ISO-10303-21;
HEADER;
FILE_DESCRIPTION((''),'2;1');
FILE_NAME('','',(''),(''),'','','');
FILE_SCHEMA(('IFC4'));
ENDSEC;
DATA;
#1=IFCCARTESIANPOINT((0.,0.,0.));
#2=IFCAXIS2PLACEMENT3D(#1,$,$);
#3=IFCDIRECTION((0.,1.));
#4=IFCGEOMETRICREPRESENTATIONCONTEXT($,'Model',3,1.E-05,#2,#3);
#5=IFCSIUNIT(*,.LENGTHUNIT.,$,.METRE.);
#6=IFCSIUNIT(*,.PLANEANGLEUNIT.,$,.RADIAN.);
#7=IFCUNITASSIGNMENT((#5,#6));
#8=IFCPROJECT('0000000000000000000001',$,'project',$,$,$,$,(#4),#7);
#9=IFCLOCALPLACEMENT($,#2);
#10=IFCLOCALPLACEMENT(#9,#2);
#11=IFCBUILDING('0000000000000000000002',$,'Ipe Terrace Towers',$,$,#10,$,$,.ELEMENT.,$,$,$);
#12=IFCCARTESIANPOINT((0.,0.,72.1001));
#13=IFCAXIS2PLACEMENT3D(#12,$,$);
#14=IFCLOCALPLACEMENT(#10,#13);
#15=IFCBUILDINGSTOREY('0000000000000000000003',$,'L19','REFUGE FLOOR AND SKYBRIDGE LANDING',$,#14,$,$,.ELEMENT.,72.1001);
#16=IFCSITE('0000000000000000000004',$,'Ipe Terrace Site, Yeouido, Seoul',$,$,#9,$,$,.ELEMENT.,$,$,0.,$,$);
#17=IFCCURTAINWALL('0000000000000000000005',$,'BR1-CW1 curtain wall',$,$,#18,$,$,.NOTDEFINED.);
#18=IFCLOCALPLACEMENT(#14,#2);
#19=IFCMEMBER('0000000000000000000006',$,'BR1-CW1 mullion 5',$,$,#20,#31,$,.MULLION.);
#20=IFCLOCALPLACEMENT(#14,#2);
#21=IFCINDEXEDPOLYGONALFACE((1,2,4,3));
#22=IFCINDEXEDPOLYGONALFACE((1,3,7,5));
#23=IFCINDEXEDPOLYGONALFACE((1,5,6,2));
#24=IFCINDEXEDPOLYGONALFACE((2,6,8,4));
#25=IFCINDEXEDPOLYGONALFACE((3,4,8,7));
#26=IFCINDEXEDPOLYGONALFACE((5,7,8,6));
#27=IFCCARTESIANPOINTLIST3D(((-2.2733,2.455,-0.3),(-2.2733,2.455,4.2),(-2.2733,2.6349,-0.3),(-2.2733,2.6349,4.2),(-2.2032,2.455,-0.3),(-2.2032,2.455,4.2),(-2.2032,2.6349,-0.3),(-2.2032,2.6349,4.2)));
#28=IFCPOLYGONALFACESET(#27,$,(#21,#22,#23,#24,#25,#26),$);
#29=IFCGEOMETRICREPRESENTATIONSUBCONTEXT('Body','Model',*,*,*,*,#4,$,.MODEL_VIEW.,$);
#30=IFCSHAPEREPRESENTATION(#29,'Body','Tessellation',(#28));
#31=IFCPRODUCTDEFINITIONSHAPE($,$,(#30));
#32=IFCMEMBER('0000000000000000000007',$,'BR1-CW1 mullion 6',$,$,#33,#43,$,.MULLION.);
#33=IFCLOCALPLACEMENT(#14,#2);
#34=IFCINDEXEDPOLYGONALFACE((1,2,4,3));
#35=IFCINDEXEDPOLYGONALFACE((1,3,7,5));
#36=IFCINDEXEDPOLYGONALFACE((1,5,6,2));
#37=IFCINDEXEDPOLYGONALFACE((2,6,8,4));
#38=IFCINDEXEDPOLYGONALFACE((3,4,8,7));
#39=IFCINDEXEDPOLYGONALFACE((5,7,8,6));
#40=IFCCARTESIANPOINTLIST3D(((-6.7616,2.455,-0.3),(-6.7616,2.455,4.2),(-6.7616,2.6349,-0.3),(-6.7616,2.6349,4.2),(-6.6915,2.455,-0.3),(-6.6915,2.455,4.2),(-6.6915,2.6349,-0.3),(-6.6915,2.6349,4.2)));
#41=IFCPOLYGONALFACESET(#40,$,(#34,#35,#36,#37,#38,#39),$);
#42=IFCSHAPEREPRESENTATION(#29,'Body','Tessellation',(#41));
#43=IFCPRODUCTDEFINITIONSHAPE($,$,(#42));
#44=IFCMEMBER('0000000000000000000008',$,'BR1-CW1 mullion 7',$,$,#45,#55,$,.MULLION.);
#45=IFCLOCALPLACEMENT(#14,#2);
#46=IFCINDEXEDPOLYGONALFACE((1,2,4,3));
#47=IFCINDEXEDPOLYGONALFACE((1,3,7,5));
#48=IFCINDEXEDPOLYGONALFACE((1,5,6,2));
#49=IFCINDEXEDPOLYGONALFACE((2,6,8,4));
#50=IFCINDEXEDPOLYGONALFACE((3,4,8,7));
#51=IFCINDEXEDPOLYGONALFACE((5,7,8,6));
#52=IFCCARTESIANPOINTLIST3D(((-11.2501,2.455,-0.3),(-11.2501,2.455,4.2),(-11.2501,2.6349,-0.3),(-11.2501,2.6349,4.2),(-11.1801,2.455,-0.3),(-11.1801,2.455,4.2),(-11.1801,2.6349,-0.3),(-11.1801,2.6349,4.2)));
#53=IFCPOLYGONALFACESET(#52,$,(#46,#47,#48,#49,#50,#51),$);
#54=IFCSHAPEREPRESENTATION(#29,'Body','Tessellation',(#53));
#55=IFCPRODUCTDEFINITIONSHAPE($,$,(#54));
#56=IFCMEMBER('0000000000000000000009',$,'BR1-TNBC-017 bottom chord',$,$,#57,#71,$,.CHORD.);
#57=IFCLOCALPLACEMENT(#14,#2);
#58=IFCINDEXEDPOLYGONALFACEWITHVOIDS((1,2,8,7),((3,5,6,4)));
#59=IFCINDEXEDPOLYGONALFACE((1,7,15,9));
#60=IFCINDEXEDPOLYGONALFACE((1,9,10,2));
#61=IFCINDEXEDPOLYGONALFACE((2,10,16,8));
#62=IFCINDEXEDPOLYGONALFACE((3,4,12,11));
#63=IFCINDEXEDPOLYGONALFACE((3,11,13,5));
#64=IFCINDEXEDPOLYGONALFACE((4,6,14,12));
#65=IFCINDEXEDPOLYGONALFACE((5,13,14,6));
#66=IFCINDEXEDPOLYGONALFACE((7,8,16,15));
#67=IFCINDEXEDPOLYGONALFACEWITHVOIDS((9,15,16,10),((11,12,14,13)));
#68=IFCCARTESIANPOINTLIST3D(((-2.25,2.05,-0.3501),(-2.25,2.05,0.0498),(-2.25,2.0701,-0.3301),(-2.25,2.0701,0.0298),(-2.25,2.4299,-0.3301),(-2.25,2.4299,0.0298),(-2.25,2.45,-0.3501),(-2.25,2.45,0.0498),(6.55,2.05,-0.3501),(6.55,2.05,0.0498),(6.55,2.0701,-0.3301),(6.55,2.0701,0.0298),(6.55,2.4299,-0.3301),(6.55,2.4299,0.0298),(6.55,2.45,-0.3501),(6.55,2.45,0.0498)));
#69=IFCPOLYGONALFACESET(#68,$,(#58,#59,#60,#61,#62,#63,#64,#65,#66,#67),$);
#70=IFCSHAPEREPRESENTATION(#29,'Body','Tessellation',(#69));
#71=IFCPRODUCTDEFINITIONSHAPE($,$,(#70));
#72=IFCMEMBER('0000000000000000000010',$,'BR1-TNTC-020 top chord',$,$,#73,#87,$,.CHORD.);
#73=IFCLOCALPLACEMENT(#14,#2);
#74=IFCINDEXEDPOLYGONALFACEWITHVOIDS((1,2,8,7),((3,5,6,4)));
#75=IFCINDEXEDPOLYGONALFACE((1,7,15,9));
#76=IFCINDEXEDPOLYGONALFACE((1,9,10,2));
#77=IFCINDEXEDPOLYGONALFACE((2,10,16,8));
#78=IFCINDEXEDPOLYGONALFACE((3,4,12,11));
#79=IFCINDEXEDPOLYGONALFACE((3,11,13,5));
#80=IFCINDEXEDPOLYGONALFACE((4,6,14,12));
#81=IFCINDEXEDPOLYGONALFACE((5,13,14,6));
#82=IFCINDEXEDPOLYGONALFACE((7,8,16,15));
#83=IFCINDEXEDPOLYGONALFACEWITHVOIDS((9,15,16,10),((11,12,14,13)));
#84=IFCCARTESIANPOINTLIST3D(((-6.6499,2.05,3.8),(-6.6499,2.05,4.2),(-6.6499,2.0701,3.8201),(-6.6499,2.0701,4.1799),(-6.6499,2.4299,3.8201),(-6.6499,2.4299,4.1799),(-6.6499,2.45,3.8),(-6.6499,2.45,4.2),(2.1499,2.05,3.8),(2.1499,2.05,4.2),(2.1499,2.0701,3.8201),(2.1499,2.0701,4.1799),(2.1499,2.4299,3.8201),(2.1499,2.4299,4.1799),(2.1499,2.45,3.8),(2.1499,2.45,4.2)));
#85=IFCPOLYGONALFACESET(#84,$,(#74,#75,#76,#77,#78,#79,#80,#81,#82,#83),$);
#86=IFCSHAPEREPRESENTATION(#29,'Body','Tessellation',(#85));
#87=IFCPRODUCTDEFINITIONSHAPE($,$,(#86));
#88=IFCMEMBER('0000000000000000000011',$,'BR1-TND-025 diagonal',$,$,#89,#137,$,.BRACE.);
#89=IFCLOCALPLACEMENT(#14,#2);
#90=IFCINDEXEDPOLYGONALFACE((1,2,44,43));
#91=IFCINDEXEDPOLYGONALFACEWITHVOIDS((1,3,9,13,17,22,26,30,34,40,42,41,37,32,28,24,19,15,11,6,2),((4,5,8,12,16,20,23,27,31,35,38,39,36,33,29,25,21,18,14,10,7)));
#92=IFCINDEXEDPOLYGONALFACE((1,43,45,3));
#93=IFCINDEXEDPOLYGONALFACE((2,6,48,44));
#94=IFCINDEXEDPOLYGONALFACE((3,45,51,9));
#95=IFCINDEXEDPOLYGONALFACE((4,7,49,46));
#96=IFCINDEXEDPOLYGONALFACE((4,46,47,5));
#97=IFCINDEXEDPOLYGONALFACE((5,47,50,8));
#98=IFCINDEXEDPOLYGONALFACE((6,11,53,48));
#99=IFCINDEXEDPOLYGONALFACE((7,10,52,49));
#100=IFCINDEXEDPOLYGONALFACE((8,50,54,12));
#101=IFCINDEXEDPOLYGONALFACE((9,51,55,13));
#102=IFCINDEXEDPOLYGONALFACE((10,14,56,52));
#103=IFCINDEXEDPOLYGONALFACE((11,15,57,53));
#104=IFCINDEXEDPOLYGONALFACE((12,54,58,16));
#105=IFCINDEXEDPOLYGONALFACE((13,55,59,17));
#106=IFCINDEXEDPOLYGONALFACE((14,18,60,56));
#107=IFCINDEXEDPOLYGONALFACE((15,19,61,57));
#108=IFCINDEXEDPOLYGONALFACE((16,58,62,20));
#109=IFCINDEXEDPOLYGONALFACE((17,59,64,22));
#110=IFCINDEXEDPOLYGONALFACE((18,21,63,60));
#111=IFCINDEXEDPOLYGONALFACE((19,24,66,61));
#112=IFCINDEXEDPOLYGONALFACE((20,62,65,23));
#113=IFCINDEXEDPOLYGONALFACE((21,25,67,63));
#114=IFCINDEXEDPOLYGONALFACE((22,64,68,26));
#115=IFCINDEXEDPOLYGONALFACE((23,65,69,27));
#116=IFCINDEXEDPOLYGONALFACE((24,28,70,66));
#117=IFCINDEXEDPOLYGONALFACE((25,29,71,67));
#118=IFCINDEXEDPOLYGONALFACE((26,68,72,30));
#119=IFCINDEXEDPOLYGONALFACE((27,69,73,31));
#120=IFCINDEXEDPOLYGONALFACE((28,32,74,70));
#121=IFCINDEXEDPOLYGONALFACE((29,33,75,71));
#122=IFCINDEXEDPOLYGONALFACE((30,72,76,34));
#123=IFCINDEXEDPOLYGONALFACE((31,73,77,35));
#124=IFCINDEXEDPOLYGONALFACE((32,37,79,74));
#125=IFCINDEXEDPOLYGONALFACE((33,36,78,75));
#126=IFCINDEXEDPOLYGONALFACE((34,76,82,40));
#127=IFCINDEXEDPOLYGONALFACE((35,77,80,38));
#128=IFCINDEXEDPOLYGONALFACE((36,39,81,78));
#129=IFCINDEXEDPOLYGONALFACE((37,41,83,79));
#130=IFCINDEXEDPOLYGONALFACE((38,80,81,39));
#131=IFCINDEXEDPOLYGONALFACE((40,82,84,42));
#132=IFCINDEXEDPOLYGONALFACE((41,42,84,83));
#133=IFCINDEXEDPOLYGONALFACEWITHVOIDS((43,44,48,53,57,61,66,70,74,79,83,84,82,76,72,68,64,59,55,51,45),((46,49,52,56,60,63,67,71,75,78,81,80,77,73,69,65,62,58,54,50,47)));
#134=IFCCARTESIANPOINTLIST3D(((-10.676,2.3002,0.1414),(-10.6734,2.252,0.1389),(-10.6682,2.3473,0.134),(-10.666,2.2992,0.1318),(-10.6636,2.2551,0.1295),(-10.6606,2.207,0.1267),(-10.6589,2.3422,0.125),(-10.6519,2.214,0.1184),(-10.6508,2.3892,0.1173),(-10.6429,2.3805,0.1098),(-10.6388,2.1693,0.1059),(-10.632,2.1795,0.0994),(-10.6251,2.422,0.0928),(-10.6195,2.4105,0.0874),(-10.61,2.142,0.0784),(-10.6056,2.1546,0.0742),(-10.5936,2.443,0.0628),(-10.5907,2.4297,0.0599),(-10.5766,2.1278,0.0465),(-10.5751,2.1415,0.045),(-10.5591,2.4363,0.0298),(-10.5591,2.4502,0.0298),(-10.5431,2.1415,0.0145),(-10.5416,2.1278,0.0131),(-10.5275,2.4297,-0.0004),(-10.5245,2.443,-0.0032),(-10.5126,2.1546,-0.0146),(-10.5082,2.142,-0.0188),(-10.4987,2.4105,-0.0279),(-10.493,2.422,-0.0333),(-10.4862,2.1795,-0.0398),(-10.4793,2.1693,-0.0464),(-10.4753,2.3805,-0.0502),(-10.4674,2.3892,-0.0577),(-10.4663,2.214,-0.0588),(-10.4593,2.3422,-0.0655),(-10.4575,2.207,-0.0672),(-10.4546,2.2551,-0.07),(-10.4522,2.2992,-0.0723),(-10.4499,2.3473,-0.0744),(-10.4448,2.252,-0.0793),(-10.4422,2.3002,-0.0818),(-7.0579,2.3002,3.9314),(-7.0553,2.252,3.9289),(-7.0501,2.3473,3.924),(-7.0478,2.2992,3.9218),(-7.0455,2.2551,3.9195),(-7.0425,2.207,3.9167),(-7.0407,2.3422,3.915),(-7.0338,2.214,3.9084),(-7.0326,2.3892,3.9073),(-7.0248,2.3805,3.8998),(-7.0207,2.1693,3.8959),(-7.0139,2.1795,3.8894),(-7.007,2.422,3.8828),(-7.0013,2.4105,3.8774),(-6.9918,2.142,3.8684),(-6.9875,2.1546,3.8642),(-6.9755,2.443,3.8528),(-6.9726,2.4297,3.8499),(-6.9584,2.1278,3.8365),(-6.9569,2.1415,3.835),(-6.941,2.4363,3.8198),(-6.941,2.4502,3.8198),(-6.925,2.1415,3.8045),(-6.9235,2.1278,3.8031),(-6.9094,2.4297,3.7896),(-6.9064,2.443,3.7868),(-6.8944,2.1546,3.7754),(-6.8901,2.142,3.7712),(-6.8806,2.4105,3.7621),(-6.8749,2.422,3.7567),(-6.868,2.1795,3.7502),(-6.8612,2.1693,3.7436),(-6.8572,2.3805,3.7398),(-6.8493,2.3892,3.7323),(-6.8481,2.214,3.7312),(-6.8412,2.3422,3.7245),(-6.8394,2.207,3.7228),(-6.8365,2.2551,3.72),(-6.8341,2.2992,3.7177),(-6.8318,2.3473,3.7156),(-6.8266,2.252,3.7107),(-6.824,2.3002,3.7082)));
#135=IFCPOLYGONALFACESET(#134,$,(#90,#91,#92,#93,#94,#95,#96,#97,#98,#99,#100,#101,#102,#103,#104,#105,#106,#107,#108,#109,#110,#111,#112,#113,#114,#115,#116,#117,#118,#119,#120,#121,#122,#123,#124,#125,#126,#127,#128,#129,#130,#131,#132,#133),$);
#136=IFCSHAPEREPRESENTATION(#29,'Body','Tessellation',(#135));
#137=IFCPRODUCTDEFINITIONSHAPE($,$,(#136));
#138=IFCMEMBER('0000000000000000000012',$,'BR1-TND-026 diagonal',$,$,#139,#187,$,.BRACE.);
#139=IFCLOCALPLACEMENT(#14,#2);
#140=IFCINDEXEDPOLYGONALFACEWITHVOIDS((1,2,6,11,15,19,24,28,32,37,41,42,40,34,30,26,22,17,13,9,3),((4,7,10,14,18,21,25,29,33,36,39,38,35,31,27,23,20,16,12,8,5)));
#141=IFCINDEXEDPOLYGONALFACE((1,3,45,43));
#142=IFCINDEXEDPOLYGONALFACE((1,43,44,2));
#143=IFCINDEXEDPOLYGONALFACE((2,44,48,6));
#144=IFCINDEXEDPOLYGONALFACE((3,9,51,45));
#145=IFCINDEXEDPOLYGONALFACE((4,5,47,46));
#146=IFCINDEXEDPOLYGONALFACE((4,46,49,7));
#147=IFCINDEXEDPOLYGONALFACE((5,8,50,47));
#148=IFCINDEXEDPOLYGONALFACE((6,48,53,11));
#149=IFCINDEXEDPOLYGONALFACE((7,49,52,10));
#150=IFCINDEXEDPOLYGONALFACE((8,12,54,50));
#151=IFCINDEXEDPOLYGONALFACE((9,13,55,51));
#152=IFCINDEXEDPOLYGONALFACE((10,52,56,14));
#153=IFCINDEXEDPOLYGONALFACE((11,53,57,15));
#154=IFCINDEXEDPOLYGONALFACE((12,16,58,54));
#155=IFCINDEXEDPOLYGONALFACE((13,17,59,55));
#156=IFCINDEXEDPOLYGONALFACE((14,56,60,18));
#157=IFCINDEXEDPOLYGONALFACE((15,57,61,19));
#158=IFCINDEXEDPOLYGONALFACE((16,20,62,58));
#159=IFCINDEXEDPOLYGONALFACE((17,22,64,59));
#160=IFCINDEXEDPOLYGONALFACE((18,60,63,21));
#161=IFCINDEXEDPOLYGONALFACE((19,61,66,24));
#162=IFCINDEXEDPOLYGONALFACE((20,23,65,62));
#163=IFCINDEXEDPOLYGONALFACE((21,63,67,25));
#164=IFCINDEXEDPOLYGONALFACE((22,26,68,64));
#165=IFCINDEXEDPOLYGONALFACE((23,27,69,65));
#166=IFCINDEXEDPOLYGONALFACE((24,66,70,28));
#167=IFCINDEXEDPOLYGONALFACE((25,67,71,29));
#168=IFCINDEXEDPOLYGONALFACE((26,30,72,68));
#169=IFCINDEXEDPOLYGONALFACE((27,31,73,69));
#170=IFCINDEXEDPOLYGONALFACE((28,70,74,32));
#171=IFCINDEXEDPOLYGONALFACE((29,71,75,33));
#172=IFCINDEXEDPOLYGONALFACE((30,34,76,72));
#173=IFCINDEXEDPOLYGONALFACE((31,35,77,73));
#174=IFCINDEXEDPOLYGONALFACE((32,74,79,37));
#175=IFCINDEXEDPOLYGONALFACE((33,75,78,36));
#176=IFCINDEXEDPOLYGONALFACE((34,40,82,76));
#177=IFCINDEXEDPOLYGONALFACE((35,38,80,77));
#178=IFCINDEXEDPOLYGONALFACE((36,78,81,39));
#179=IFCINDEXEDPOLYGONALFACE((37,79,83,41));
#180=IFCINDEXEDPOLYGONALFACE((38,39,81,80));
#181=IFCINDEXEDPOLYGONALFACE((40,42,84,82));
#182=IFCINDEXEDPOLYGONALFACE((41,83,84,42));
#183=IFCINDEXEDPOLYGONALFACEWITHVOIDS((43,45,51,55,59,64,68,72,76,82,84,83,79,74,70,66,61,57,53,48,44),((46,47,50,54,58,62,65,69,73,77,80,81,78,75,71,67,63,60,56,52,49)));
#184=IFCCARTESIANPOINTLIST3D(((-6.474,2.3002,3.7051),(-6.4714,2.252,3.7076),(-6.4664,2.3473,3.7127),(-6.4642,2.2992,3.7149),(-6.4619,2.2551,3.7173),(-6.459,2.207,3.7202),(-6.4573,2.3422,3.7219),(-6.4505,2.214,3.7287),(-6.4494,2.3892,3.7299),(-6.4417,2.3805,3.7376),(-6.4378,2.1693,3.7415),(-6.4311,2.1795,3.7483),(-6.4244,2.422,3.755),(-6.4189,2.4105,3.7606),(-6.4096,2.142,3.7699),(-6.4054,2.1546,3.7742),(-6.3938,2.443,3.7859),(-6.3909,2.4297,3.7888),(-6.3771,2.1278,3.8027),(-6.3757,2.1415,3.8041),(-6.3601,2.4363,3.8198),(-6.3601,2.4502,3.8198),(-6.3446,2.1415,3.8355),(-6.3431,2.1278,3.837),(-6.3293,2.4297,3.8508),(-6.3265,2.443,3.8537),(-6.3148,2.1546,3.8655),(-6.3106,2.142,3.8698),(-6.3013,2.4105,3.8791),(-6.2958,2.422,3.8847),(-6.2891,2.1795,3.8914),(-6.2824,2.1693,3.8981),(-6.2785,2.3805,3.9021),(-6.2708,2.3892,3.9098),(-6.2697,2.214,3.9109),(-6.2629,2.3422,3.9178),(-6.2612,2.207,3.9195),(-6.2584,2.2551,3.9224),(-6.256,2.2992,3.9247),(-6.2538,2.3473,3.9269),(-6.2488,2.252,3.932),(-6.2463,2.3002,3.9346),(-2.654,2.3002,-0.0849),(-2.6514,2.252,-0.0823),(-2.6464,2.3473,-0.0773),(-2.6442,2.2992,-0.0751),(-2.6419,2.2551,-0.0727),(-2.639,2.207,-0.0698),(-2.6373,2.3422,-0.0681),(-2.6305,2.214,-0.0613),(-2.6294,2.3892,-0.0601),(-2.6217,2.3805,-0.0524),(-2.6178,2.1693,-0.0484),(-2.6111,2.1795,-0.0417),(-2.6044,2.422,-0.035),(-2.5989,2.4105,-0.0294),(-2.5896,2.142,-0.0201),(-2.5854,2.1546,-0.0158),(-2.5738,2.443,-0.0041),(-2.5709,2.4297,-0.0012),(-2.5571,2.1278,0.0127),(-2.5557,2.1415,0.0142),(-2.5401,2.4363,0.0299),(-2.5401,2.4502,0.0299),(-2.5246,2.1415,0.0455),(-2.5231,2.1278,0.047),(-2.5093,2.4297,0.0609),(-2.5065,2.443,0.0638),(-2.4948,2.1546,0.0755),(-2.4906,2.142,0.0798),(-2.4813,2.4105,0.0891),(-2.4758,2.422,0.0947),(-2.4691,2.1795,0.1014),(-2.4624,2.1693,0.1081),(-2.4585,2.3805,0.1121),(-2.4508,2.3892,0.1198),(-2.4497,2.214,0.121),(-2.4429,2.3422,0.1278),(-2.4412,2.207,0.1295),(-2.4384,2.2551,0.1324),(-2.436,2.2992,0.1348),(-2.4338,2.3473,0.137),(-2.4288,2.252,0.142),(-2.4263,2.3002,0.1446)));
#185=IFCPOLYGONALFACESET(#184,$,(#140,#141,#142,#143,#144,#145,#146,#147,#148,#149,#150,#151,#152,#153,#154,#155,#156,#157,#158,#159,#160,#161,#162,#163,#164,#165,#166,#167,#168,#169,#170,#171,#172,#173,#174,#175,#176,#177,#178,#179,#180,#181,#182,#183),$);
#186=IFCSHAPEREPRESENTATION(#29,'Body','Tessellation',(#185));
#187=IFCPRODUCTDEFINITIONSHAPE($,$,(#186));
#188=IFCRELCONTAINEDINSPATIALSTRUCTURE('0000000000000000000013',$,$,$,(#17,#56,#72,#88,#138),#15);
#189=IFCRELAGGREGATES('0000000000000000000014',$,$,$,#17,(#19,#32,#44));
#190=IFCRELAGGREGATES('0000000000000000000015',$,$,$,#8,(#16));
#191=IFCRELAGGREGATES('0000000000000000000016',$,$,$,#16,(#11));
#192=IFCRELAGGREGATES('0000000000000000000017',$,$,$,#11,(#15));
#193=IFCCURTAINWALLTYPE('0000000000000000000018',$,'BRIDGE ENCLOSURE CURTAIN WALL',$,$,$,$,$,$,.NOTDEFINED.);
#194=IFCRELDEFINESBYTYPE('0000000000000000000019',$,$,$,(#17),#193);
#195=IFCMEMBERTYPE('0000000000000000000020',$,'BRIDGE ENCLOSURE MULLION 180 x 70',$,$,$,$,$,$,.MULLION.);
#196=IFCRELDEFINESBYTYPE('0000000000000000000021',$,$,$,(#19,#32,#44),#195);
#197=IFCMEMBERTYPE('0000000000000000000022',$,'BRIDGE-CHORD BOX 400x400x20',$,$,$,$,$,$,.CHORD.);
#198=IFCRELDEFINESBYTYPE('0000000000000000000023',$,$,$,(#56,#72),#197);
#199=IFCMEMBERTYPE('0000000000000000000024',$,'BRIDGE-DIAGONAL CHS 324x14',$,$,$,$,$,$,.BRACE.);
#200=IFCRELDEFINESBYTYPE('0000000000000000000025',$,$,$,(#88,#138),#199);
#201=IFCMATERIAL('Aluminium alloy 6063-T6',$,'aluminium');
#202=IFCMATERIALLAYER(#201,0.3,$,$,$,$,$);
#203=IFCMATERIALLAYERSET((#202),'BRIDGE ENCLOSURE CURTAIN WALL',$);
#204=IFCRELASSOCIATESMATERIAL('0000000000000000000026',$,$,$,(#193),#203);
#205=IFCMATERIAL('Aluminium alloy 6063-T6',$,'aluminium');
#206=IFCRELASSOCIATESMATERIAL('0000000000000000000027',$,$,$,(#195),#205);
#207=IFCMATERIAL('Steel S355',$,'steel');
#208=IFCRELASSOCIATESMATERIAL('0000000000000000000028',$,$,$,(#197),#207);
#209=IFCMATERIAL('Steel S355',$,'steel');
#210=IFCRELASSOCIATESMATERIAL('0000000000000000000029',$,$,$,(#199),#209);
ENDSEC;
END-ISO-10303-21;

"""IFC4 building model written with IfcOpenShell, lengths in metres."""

from ifc_helpers import new_model, si_unit, direction, frame, origin, origin_2d, place, context, subcontext, project, spatial, rectangle, hollow_rectangle, hollow_circle, extrude, material, layer, layer_set, material_profile, profile_set, type_object, element, aggregate, save


model = new_model("IFC4")

# Units and contexts
model_context = context("Model", 3, precision=1e-05, world=origin(), true_north=direction((0.0, 1.0)))
body_context = subcontext(model_context, "Body", "Model", "MODEL_VIEW")
ifc_project = project(units=[si_unit("LENGTHUNIT", "METRE"), si_unit("PLANEANGLEUNIT", "RADIAN")], contexts=[model_context])

# Site, building, storey
site_placement = place(None, origin())
site = spatial("IfcSite", under=ifc_project, at=site_placement, Name="Ipe Terrace Site, Yeouido, Seoul", CompositionType="ELEMENT", RefElevation=0.0)
building_placement = place(site_placement, origin())
building = spatial("IfcBuilding", under=site, at=building_placement, Name="Ipe Terrace Towers", CompositionType="ELEMENT")
storey_placement = place(building_placement, frame((0.0, 0.0, 72.1001)))
storey = spatial("IfcBuildingStorey", under=building, at=storey_placement, Name="L19", Description="REFUGE FLOOR AND SKYBRIDGE LANDING", CompositionType="ELEMENT", Elevation=72.1001)

# Curtain wall, members
ifc_material_1 = material(Name="Aluminium alloy 6063-T6", Category="aluminium")
ifc_layer_1 = layer(ifc_material_1, 0.3)
ifc_layer_set_1 = layer_set([ifc_layer_1], Name="BRIDGE ENCLOSURE CURTAIN WALL")
curtain_wall_type_1 = type_object("IfcCurtainWallType", Name="BRIDGE ENCLOSURE CURTAIN WALL", PredefinedType="NOTDEFINED", material=ifc_layer_set_1)
curtain_wall_1_placement = place(storey_placement, origin())
curtain_wall_1 = element("IfcCurtainWall", 1, at=curtain_wall_1_placement, inside=storey, type_object=curtain_wall_type_1, Name="BR1-CW1 curtain wall", PredefinedType="NOTDEFINED")
ifc_material_2 = material(Name="Aluminium alloy 6063-T6", Category="aluminium")
ifc_material_profile_1 = material_profile(ifc_material_2, rectangle(XDim=0.1799, YDim=0.0701, at=origin_2d()), Name="BRIDGE ENCLOSURE MULLION 180 x 70")
ifc_profile_set_1 = profile_set([ifc_material_profile_1], Name="Aluminium alloy 6063-T6")
member_type_1 = type_object("IfcMemberType", Name="BRIDGE ENCLOSURE MULLION 180 x 70", PredefinedType="MULLION", material=ifc_profile_set_1)
member_1_placement = place(storey_placement, frame((-2.2383, 2.5449, -0.3), z_axis=(0.0, 0.0, 1.0), x_axis=(0.0, 1.0, 0.0)))
member_1 = element("IfcMember", 2, at=member_1_placement, type_object=member_type_1, Name="BR1-CW1 mullion 5", PredefinedType="MULLION", context=body_context, shape_type="SweptSolid", body=[
    extrude(rectangle(XDim=0.1799, YDim=0.0701, at=origin_2d()), origin(), (0.0, 0.0, 1.0), 4.5),
])
member_2_placement = place(storey_placement, frame((-6.7266, 2.5449, -0.3), z_axis=(0.0, 0.0, 1.0), x_axis=(0.0, 1.0, 0.0)))
member_2 = element("IfcMember", 3, at=member_2_placement, type_object=member_type_1, Name="BR1-CW1 mullion 6", PredefinedType="MULLION", context=body_context, shape_type="SweptSolid", body=[
    extrude(rectangle(XDim=0.1799, YDim=0.0701, at=origin_2d()), origin(), (0.0, 0.0, 1.0), 4.5),
])
member_3_placement = place(storey_placement, frame((-11.2151, 2.5449, -0.3), z_axis=(0.0, 0.0, 1.0), x_axis=(0.0, 1.0, 0.0)))
member_3 = element("IfcMember", 4, at=member_3_placement, type_object=member_type_1, Name="BR1-CW1 mullion 7", PredefinedType="MULLION", context=body_context, shape_type="SweptSolid", body=[
    extrude(rectangle(XDim=0.1799, YDim=0.0701, at=origin_2d()), origin(), (0.0, 0.0, 1.0), 4.5),
])

# Members
ifc_material_3 = material(Name="Steel S355", Category="steel")
ifc_material_profile_2 = material_profile(ifc_material_3, hollow_rectangle(XDim=0.3999, YDim=0.3999, WallThickness=0.02, at=origin_2d()), Name="BRIDGE-CHORD BOX 400x400x20")
ifc_profile_set_2 = profile_set([ifc_material_profile_2], Name="Steel S355")
member_type_2 = type_object("IfcMemberType", Name="BRIDGE-CHORD BOX 400x400x20", PredefinedType="CHORD", material=ifc_profile_set_2)
member_4_placement = place(storey_placement, frame((-2.25, 2.25, -0.1501), z_axis=(1.0, 0.0, 0.0), x_axis=(0.0, 1.0, 0.0)))
element("IfcMember", 5, at=member_4_placement, inside=storey, type_object=member_type_2, Name="BR1-TNBC-017 bottom chord", PredefinedType="CHORD", context=body_context, shape_type="SweptSolid", body=[
    extrude(hollow_rectangle(XDim=0.3999, YDim=0.3999, WallThickness=0.02, at=origin_2d()), origin(), (0.0, 0.0, 1.0), 8.8),
])
member_5_placement = place(storey_placement, frame((-6.6499, 2.25, 4.0), z_axis=(1.0, 0.0, 0.0), x_axis=(0.0, 1.0, 0.0)))
element("IfcMember", 6, at=member_5_placement, inside=storey, type_object=member_type_2, Name="BR1-TNTC-020 top chord", PredefinedType="CHORD", context=body_context, shape_type="SweptSolid", body=[
    extrude(hollow_rectangle(XDim=0.3999, YDim=0.3999, WallThickness=0.02, at=origin_2d()), origin(), (0.0, 0.0, 1.0), 8.7998),
])
ifc_material_4 = material(Name="Steel S355", Category="steel")
ifc_material_profile_3 = material_profile(ifc_material_4, hollow_circle(Radius=0.1621, WallThickness=0.0139, at=origin_2d()), Name="BRIDGE-DIAGONAL CHS 324x14")
ifc_profile_set_3 = profile_set([ifc_material_profile_3], Name="Steel S355")
member_type_3 = type_object("IfcMemberType", Name="BRIDGE-DIAGONAL CHS 324x14", PredefinedType="BRACE", material=ifc_profile_set_3)
member_6_placement = place(storey_placement, frame((-10.5591, 2.2881, 0.0298), z_axis=(0.690516, 0.0, 0.723317), x_axis=(0.0, 1.0, 0.0)))
element("IfcMember", 7, at=member_6_placement, inside=storey, type_object=member_type_3, Name="BR1-TND-025 diagonal", PredefinedType="BRACE", context=body_context, shape_type="SweptSolid", body=[
    extrude(hollow_circle(Radius=0.1621, WallThickness=0.0139, at=origin_2d()), origin(), (0.0, 0.0, 1.0), 5.2397),
])
for number, where, z_axis, x_axis, name in (
    (8, (-6.3601, 2.2881, 3.8198), (0.709891, 0.0, -0.704311), (0.0, 1.0, 0.0), "BR1-TND-026 diagonal"),
):
    element("IfcMember", number, at=place(storey_placement, frame(where, z_axis=z_axis, x_axis=x_axis)), inside=storey, type_object=member_type_3, Name=name, PredefinedType="BRACE", context=body_context, shape_type="SweptSolid", body=[
        extrude(hollow_circle(Radius=0.1621, WallThickness=0.0139, at=origin_2d()), origin(), (0.0, 0.0, 1.0), 5.3811),
    ])

aggregate(curtain_wall_1, [member_1, member_2, member_3])

save(model, "model.ifc")
